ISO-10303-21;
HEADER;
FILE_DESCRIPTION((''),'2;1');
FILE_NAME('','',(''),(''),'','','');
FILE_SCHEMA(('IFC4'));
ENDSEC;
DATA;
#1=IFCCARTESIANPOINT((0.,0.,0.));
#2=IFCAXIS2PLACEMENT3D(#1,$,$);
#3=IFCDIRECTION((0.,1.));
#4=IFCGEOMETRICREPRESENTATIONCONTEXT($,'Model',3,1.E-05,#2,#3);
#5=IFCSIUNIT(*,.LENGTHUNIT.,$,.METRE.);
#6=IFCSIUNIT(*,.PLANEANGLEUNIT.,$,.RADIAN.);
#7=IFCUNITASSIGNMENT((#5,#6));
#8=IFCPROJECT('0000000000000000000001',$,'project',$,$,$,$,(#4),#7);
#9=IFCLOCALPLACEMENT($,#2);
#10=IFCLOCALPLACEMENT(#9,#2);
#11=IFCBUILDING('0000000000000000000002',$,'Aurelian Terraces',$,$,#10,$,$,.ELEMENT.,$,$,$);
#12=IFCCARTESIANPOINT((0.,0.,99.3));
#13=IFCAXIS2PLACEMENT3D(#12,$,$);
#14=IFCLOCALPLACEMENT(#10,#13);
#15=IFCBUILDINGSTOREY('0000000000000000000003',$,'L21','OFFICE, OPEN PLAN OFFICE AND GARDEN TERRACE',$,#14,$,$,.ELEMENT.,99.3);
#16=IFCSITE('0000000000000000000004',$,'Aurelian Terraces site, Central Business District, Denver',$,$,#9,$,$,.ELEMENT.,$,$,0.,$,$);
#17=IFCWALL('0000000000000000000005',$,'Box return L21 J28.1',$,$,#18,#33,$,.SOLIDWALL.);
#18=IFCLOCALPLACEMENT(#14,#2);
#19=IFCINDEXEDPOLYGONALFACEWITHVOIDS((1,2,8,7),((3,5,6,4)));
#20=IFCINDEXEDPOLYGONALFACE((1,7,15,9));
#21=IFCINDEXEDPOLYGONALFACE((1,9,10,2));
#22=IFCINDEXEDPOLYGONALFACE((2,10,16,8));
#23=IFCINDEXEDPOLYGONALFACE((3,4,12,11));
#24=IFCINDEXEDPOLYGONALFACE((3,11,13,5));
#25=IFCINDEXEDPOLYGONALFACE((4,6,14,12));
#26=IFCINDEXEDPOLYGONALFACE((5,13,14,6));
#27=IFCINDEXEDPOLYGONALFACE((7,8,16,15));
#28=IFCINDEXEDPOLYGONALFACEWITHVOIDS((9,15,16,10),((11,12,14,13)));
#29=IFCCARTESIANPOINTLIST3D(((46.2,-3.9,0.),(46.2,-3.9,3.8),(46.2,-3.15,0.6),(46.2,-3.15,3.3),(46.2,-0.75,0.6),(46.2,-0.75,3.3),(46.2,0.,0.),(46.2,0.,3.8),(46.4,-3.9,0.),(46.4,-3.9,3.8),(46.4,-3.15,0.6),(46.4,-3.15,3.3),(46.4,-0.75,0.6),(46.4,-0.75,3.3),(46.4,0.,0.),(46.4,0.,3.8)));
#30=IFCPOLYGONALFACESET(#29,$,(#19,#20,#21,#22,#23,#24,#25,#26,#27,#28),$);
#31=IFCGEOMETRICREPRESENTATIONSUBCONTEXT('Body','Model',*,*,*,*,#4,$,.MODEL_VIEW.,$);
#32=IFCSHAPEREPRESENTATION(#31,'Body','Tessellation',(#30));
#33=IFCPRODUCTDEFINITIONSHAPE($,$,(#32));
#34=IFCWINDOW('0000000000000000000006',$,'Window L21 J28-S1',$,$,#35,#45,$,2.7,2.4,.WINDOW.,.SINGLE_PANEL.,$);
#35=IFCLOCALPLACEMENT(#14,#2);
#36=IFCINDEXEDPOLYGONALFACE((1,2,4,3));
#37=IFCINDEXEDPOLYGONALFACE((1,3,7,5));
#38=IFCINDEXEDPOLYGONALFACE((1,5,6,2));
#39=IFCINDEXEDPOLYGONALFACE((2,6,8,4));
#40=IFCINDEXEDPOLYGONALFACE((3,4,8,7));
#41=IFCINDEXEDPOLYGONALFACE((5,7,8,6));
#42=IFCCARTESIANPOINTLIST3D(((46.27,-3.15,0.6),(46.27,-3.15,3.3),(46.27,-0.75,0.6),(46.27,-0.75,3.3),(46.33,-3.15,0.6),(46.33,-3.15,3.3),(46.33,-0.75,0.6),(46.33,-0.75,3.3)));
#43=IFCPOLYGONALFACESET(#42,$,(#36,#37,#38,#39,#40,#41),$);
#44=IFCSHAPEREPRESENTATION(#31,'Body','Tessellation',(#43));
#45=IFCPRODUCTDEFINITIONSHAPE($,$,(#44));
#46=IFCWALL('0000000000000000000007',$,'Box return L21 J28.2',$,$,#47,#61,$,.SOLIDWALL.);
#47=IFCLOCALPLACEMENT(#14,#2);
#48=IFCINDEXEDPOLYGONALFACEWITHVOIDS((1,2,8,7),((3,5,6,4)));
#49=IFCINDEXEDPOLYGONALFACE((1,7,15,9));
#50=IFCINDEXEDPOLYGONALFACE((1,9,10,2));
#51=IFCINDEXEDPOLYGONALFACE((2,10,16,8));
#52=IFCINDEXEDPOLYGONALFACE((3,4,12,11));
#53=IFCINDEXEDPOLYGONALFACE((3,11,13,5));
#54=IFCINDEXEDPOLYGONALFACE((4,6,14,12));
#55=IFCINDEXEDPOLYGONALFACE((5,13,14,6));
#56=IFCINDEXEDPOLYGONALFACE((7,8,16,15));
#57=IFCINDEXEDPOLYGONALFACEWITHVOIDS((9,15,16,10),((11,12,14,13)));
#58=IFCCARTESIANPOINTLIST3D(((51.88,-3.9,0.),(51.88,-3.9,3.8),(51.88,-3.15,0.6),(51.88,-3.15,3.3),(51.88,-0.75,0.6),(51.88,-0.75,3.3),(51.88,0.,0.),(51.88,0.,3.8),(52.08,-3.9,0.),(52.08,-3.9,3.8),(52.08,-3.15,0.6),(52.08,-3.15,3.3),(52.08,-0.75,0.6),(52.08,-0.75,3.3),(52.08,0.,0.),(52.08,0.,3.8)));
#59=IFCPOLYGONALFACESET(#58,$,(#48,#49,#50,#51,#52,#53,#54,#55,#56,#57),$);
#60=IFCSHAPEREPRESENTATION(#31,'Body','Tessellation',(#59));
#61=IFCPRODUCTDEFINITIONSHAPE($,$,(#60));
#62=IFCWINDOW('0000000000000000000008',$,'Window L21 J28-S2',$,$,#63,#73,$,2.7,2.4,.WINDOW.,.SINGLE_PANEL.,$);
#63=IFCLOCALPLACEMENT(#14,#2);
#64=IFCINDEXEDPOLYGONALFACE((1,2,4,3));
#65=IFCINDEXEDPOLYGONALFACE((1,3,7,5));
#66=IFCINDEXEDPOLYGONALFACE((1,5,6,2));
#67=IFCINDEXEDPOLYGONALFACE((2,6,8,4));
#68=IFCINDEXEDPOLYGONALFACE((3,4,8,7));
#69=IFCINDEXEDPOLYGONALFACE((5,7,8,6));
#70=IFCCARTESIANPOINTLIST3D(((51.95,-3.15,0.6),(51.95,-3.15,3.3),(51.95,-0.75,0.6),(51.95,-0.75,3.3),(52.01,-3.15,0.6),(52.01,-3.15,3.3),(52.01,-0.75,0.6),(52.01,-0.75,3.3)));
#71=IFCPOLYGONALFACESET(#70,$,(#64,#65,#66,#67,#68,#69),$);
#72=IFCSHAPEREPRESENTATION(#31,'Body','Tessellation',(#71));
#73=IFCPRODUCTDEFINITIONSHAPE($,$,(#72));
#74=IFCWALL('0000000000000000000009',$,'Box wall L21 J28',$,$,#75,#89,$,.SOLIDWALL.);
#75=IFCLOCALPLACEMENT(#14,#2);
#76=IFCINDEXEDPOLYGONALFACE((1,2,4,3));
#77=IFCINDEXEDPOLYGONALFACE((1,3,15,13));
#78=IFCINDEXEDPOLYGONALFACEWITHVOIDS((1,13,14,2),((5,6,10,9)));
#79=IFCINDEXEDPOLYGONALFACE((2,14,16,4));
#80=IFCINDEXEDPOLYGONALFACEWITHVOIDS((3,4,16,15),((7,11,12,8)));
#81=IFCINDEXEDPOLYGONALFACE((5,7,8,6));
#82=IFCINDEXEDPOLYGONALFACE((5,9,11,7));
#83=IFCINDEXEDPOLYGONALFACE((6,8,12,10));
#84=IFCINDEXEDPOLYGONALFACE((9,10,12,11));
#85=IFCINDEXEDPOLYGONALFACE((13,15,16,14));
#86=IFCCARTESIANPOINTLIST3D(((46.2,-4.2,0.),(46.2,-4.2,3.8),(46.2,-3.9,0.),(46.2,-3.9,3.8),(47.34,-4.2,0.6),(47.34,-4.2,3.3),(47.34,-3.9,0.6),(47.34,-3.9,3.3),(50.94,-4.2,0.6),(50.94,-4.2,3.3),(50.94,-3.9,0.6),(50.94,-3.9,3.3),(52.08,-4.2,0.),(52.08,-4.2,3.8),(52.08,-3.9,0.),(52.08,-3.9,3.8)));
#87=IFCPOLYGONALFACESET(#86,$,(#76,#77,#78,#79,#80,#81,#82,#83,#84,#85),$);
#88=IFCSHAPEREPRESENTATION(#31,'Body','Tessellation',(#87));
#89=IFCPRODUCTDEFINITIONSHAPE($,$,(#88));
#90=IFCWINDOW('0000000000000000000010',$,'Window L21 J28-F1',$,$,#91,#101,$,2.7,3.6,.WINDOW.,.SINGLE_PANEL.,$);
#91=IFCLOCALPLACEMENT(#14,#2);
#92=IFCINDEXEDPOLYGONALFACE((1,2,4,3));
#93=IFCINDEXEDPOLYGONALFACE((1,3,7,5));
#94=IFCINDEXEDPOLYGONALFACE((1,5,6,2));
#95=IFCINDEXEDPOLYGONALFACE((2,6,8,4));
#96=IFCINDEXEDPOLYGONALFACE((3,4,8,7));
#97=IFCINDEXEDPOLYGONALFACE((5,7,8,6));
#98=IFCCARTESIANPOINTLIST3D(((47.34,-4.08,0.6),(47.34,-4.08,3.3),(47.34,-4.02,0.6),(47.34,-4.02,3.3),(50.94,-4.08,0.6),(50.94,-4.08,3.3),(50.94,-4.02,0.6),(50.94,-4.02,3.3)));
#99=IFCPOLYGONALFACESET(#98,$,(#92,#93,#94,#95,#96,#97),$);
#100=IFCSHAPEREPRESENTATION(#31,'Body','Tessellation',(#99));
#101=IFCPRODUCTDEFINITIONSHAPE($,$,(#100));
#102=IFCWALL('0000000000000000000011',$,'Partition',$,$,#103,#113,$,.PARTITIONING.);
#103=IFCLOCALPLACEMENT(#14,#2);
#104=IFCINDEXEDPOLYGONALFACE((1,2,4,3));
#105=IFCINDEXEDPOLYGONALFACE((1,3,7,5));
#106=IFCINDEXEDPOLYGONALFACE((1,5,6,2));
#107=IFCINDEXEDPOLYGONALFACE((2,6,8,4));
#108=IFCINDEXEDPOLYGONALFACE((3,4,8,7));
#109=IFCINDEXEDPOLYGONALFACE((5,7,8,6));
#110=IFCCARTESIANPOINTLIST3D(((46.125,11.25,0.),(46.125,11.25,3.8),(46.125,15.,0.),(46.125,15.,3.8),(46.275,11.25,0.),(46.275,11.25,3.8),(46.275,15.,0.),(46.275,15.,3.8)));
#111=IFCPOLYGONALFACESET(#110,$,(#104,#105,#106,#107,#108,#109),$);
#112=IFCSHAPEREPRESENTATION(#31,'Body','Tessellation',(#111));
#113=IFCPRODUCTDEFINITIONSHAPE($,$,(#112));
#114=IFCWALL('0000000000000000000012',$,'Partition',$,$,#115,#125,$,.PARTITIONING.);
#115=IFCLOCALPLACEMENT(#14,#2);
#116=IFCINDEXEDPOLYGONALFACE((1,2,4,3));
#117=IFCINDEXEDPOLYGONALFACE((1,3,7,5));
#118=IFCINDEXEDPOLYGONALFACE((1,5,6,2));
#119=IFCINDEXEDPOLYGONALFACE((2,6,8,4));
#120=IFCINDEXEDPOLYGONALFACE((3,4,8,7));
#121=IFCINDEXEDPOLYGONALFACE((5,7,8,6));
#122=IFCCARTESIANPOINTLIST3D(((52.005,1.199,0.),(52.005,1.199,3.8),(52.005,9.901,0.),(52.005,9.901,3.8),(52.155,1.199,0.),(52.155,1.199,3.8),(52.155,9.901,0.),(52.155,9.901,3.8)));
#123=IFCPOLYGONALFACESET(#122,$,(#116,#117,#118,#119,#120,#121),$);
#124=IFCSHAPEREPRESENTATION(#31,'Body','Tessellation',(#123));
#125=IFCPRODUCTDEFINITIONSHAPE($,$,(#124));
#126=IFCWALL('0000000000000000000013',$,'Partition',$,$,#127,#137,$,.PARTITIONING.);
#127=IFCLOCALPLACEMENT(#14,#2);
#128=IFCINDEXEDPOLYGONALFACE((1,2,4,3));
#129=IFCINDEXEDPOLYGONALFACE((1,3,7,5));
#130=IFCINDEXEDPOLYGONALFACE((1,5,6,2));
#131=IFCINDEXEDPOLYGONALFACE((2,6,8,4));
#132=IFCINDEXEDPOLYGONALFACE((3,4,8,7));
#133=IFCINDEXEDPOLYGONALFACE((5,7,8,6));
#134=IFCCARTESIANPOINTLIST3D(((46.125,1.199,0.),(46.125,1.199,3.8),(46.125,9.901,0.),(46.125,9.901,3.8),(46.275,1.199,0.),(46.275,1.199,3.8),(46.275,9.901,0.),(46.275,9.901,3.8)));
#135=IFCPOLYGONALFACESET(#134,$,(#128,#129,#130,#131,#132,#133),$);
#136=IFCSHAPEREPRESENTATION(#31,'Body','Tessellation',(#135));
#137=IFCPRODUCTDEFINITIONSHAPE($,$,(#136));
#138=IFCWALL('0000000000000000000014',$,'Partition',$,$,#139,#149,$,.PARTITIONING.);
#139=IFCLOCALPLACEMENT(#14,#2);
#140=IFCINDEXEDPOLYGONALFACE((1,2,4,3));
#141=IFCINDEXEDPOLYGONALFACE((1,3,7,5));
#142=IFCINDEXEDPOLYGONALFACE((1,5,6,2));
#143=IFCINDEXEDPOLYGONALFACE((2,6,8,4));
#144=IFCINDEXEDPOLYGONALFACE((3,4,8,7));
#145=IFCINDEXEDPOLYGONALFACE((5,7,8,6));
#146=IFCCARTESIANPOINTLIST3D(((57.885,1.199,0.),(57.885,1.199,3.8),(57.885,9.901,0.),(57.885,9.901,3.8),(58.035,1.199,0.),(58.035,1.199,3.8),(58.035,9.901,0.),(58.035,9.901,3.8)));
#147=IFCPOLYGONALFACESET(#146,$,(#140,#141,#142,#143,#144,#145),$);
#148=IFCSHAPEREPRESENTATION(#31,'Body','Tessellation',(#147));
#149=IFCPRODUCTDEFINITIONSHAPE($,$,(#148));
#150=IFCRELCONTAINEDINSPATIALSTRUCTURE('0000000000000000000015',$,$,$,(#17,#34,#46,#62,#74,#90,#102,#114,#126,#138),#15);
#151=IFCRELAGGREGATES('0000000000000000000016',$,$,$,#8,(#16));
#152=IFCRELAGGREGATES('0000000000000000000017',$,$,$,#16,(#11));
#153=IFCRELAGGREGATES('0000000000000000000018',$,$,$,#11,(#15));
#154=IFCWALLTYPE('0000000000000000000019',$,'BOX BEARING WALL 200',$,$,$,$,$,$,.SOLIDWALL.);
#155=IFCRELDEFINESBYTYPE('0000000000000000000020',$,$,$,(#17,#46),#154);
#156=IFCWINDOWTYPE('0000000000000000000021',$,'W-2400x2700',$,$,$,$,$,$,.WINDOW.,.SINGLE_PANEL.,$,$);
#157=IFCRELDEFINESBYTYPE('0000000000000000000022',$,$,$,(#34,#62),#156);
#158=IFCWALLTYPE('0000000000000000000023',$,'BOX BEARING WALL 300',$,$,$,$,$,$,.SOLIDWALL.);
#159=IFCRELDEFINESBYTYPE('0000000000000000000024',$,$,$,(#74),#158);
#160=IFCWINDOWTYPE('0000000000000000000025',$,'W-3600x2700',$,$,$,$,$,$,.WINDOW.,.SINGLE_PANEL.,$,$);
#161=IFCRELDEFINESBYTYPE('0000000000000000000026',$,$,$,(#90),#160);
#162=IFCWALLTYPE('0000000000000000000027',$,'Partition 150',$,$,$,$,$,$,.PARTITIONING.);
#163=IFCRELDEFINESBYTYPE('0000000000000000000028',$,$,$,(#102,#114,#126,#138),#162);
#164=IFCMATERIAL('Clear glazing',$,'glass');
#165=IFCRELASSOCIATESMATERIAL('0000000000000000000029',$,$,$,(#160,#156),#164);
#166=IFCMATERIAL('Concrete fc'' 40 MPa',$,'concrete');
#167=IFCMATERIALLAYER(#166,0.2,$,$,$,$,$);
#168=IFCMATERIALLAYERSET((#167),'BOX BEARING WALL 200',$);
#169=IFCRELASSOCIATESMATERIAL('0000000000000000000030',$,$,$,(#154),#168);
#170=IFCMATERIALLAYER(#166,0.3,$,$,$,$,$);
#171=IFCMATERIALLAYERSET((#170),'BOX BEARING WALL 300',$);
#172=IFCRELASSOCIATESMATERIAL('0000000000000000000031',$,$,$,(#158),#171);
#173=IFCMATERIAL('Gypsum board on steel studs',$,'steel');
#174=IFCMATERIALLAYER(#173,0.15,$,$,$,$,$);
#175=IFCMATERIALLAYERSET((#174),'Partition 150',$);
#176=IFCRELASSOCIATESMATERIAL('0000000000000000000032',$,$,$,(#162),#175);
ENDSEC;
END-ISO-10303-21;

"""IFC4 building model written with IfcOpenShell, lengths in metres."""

from ifc_helpers import new_model, si_unit, direction, frame, frame_2d, origin, place, context, subcontext, project, spatial, rectangle, extrude, source, transform, mapped, material, layer, layer_set, type_object, element, fill, save


model = new_model("IFC4")

# Units and contexts
model_context = context("Model", 3, precision=1e-05, world=origin(), true_north=direction((0.0, 1.0)))
body_context = subcontext(model_context, "Body", "Model", "MODEL_VIEW")
ifc_project = project(units=[si_unit("LENGTHUNIT", "METRE"), si_unit("PLANEANGLEUNIT", "RADIAN")], contexts=[model_context])

# Site, building, storey
site_placement = place(None, origin())
site = spatial("IfcSite", under=ifc_project, at=site_placement, Name="Aurelian Terraces site, Central Business District, Denver", CompositionType="ELEMENT", RefElevation=0.0)
building_placement = place(site_placement, origin())
building = spatial("IfcBuilding", under=site, at=building_placement, Name="Aurelian Terraces", CompositionType="ELEMENT")
storey_placement = place(building_placement, frame((0.0, 0.0, 99.3)))
storey = spatial("IfcBuildingStorey", under=building, at=storey_placement, Name="L21", Description="OFFICE, OPEN PLAN OFFICE AND GARDEN TERRACE", CompositionType="ELEMENT", Elevation=99.3)

# Walls, openings, windows
shared_shape_1 = source(origin(), body_context, "Body", "SweptSolid", [
    extrude(rectangle(XDim=3.6, YDim=2.7, at=frame_2d((1.8, 1.35))), frame((0.0, 0.16, 0.0), z_axis=(0.0, -1.0, 0.0), x_axis=(1.0, 0.0, 0.0)), (0.0, 0.0, 1.0), 0.32),
])
ifc_material_1 = material(Name="Clear glazing", Category="glass")
window_type_1 = type_object("IfcWindowType", Name="W-3600x2700", PartitioningType="SINGLE_PANEL", PredefinedType="WINDOW", material=ifc_material_1)
shared_shape_2 = source(origin(), body_context, "Body", "SweptSolid", [
    extrude(rectangle(XDim=3.6, YDim=2.7, at=frame_2d((1.8, 1.35))), frame((0.0, 0.03, 0.0), z_axis=(0.0, -1.0, 0.0), x_axis=(1.0, 0.0, 0.0)), (0.0, 0.0, 1.0), 0.06),
])
ifc_material_2 = material(Name="Concrete fc' 40 MPa", Category="concrete")
ifc_layer_1 = layer(ifc_material_2, 0.2)
ifc_layer_set_1 = layer_set([ifc_layer_1], Name="BOX BEARING WALL 200")
wall_type_1 = type_object("IfcWallType", Name="BOX BEARING WALL 200", PredefinedType="SOLIDWALL", material=ifc_layer_set_1)
shared_shape_3 = source(origin(), body_context, "Body", "SweptSolid", [
    extrude(rectangle(XDim=3.9, YDim=0.2, at=frame_2d((1.95, 0.0))), origin(), (0.0, 0.0, 1.0), 3.8),
])
wall_1_placement = place(storey_placement, frame((46.3, 0.0, 0.0), z_axis=(0.0, 0.0, 1.0), x_axis=(0.0, -1.0, 0.0)))
wall_1 = element("IfcWall", 1, at=wall_1_placement, inside=storey, type_object=wall_type_1, Name="Box return L21 J28.1", PredefinedType="SOLIDWALL", context=body_context, shape_type="MappedRepresentation", body=[
    mapped(shared_shape_3, transform((0.0, 0.0, 0.0), scale=1.0)),
])
shared_shape_4 = source(origin(), body_context, "Body", "SweptSolid", [
    extrude(rectangle(XDim=2.4, YDim=2.7, at=frame_2d((1.2, 1.35))), frame((0.0, 0.11, 0.0), z_axis=(0.0, -1.0, 0.0), x_axis=(1.0, 0.0, 0.0)), (0.0, 0.0, 1.0), 0.22),
])
opening_1_placement = place(wall_1_placement, frame((0.75, 0.0, 0.6)))
opening_1 = element("IfcOpeningElement", 2, at=opening_1_placement, cuts=wall_1, PredefinedType="OPENING", context=body_context, shape_type="MappedRepresentation", body=[
    mapped(shared_shape_4, transform((0.0, 0.0, 0.0), scale=1.0)),
])
window_type_2 = type_object("IfcWindowType", Name="W-2400x2700", PartitioningType="SINGLE_PANEL", PredefinedType="WINDOW", material=ifc_material_1)
shared_shape_5 = source(origin(), body_context, "Body", "SweptSolid", [
    extrude(rectangle(XDim=2.4, YDim=2.7, at=frame_2d((1.2, 1.35))), frame((0.0, 0.03, 0.0), z_axis=(0.0, -1.0, 0.0), x_axis=(1.0, 0.0, 0.0)), (0.0, 0.0, 1.0), 0.06),
])
window_1_placement = place(opening_1_placement, origin())
window_1 = element("IfcWindow", 3, at=window_1_placement, inside=storey, type_object=window_type_2, Name="Window L21 J28-S1", OverallHeight=2.7, OverallWidth=2.4, PartitioningType="SINGLE_PANEL", PredefinedType="WINDOW", context=body_context, shape_type="MappedRepresentation", body=[
    mapped(shared_shape_5, transform((0.0, 0.0, 0.0), scale=1.0)),
])
fill(opening_1, window_1)
wall_2_placement = place(storey_placement, frame((51.98, 0.0, 0.0), z_axis=(0.0, 0.0, 1.0), x_axis=(0.0, -1.0, 0.0)))
wall_2 = element("IfcWall", 4, at=wall_2_placement, inside=storey, type_object=wall_type_1, Name="Box return L21 J28.2", PredefinedType="SOLIDWALL", context=body_context, shape_type="MappedRepresentation", body=[
    mapped(shared_shape_3, transform((0.0, 0.0, 0.0), scale=1.0)),
])
opening_2_placement = place(wall_2_placement, frame((0.75, 0.0, 0.6)))
opening_2 = element("IfcOpeningElement", 5, at=opening_2_placement, cuts=wall_2, PredefinedType="OPENING", context=body_context, shape_type="MappedRepresentation", body=[
    mapped(shared_shape_4, transform((0.0, 0.0, 0.0), scale=1.0)),
])
window_2_placement = place(opening_2_placement, origin())
window_2 = element("IfcWindow", 6, at=window_2_placement, inside=storey, type_object=window_type_2, Name="Window L21 J28-S2", OverallHeight=2.7, OverallWidth=2.4, PartitioningType="SINGLE_PANEL", PredefinedType="WINDOW", context=body_context, shape_type="MappedRepresentation", body=[
    mapped(shared_shape_5, transform((0.0, 0.0, 0.0), scale=1.0)),
])
fill(opening_2, window_2)
ifc_layer_2 = layer(ifc_material_2, 0.3)
ifc_layer_set_2 = layer_set([ifc_layer_2], Name="BOX BEARING WALL 300")
wall_type_2 = type_object("IfcWallType", Name="BOX BEARING WALL 300", PredefinedType="SOLIDWALL", material=ifc_layer_set_2)
shared_shape_6 = source(origin(), body_context, "Body", "SweptSolid", [
    extrude(rectangle(XDim=5.88, YDim=0.3, at=frame_2d((2.94, 0.0))), origin(), (0.0, 0.0, 1.0), 3.8),
])
wall_3_placement = place(storey_placement, frame((46.2, -4.05, 0.0), z_axis=(0.0, 0.0, 1.0), x_axis=(1.0, 0.0, 0.0)))
wall_3 = element("IfcWall", 7, at=wall_3_placement, inside=storey, type_object=wall_type_2, Name="Box wall L21 J28", PredefinedType="SOLIDWALL", context=body_context, shape_type="MappedRepresentation", body=[
    mapped(shared_shape_6, transform((0.0, 0.0, 0.0), scale=1.0)),
])
opening_3_placement = place(wall_3_placement, frame((1.14, 0.0, 0.6)))
opening_3 = element("IfcOpeningElement", 8, at=opening_3_placement, cuts=wall_3, PredefinedType="OPENING", context=body_context, shape_type="MappedRepresentation", body=[
    mapped(shared_shape_1, transform((0.0, 0.0, 0.0), scale=1.0)),
])
window_3_placement = place(opening_3_placement, origin())
window_3 = element("IfcWindow", 9, at=window_3_placement, inside=storey, type_object=window_type_1, Name="Window L21 J28-F1", OverallHeight=2.7, OverallWidth=3.6, PartitioningType="SINGLE_PANEL", PredefinedType="WINDOW", context=body_context, shape_type="MappedRepresentation", body=[
    mapped(shared_shape_2, transform((0.0, 0.0, 0.0), scale=1.0)),
])
fill(opening_3, window_3)

# Walls
ifc_material_3 = material(Name="Gypsum board on steel studs", Category="steel")
ifc_layer_3 = layer(ifc_material_3, 0.15)
ifc_layer_set_3 = layer_set([ifc_layer_3], Name="Partition 150")
wall_type_3 = type_object("IfcWallType", Name="Partition 150", PredefinedType="PARTITIONING", material=ifc_layer_set_3)
shared_shape_7 = source(origin(), body_context, "Body", "SweptSolid", [
    extrude(rectangle(XDim=3.75, YDim=0.15, at=frame_2d((1.875, 0.0))), origin(), (0.0, 0.0, 1.0), 3.8),
])
wall_4_placement = place(storey_placement, frame((46.2, 11.25, 0.0), z_axis=(0.0, 0.0, 1.0), x_axis=(0.0, 1.0, 0.0)))
element("IfcWall", 10, at=wall_4_placement, inside=storey, type_object=wall_type_3, Name="Partition", PredefinedType="PARTITIONING", context=body_context, shape_type="MappedRepresentation", body=[
    mapped(shared_shape_7, transform((0.0, 0.0, 0.0), scale=1.0)),
])
shared_shape_8 = source(origin(), body_context, "Body", "SweptSolid", [
    extrude(rectangle(XDim=8.702, YDim=0.15, at=frame_2d((4.351, 0.0))), origin(), (0.0, 0.0, 1.0), 3.8),
])
for number, where, z_axis, x_axis, name in (
    (11, (52.08, 1.199, 0.0), (0.0, 0.0, 1.0), (0.0, 1.0, 0.0), "Partition"),
    (12, (46.2, 1.199, 0.0), (0.0, 0.0, 1.0), (0.0, 1.0, 0.0), "Partition"),
    (13, (57.96, 1.199, 0.0), (0.0, 0.0, 1.0), (0.0, 1.0, 0.0), "Partition"),
):
    element("IfcWall", number, at=place(storey_placement, frame(where, z_axis=z_axis, x_axis=x_axis)), inside=storey, type_object=wall_type_3, Name=name, PredefinedType="PARTITIONING", context=body_context, shape_type="MappedRepresentation", body=[
        mapped(shared_shape_8, transform((0.0, 0.0, 0.0), scale=1.0)),
    ])

save(model, "model.ifc")
